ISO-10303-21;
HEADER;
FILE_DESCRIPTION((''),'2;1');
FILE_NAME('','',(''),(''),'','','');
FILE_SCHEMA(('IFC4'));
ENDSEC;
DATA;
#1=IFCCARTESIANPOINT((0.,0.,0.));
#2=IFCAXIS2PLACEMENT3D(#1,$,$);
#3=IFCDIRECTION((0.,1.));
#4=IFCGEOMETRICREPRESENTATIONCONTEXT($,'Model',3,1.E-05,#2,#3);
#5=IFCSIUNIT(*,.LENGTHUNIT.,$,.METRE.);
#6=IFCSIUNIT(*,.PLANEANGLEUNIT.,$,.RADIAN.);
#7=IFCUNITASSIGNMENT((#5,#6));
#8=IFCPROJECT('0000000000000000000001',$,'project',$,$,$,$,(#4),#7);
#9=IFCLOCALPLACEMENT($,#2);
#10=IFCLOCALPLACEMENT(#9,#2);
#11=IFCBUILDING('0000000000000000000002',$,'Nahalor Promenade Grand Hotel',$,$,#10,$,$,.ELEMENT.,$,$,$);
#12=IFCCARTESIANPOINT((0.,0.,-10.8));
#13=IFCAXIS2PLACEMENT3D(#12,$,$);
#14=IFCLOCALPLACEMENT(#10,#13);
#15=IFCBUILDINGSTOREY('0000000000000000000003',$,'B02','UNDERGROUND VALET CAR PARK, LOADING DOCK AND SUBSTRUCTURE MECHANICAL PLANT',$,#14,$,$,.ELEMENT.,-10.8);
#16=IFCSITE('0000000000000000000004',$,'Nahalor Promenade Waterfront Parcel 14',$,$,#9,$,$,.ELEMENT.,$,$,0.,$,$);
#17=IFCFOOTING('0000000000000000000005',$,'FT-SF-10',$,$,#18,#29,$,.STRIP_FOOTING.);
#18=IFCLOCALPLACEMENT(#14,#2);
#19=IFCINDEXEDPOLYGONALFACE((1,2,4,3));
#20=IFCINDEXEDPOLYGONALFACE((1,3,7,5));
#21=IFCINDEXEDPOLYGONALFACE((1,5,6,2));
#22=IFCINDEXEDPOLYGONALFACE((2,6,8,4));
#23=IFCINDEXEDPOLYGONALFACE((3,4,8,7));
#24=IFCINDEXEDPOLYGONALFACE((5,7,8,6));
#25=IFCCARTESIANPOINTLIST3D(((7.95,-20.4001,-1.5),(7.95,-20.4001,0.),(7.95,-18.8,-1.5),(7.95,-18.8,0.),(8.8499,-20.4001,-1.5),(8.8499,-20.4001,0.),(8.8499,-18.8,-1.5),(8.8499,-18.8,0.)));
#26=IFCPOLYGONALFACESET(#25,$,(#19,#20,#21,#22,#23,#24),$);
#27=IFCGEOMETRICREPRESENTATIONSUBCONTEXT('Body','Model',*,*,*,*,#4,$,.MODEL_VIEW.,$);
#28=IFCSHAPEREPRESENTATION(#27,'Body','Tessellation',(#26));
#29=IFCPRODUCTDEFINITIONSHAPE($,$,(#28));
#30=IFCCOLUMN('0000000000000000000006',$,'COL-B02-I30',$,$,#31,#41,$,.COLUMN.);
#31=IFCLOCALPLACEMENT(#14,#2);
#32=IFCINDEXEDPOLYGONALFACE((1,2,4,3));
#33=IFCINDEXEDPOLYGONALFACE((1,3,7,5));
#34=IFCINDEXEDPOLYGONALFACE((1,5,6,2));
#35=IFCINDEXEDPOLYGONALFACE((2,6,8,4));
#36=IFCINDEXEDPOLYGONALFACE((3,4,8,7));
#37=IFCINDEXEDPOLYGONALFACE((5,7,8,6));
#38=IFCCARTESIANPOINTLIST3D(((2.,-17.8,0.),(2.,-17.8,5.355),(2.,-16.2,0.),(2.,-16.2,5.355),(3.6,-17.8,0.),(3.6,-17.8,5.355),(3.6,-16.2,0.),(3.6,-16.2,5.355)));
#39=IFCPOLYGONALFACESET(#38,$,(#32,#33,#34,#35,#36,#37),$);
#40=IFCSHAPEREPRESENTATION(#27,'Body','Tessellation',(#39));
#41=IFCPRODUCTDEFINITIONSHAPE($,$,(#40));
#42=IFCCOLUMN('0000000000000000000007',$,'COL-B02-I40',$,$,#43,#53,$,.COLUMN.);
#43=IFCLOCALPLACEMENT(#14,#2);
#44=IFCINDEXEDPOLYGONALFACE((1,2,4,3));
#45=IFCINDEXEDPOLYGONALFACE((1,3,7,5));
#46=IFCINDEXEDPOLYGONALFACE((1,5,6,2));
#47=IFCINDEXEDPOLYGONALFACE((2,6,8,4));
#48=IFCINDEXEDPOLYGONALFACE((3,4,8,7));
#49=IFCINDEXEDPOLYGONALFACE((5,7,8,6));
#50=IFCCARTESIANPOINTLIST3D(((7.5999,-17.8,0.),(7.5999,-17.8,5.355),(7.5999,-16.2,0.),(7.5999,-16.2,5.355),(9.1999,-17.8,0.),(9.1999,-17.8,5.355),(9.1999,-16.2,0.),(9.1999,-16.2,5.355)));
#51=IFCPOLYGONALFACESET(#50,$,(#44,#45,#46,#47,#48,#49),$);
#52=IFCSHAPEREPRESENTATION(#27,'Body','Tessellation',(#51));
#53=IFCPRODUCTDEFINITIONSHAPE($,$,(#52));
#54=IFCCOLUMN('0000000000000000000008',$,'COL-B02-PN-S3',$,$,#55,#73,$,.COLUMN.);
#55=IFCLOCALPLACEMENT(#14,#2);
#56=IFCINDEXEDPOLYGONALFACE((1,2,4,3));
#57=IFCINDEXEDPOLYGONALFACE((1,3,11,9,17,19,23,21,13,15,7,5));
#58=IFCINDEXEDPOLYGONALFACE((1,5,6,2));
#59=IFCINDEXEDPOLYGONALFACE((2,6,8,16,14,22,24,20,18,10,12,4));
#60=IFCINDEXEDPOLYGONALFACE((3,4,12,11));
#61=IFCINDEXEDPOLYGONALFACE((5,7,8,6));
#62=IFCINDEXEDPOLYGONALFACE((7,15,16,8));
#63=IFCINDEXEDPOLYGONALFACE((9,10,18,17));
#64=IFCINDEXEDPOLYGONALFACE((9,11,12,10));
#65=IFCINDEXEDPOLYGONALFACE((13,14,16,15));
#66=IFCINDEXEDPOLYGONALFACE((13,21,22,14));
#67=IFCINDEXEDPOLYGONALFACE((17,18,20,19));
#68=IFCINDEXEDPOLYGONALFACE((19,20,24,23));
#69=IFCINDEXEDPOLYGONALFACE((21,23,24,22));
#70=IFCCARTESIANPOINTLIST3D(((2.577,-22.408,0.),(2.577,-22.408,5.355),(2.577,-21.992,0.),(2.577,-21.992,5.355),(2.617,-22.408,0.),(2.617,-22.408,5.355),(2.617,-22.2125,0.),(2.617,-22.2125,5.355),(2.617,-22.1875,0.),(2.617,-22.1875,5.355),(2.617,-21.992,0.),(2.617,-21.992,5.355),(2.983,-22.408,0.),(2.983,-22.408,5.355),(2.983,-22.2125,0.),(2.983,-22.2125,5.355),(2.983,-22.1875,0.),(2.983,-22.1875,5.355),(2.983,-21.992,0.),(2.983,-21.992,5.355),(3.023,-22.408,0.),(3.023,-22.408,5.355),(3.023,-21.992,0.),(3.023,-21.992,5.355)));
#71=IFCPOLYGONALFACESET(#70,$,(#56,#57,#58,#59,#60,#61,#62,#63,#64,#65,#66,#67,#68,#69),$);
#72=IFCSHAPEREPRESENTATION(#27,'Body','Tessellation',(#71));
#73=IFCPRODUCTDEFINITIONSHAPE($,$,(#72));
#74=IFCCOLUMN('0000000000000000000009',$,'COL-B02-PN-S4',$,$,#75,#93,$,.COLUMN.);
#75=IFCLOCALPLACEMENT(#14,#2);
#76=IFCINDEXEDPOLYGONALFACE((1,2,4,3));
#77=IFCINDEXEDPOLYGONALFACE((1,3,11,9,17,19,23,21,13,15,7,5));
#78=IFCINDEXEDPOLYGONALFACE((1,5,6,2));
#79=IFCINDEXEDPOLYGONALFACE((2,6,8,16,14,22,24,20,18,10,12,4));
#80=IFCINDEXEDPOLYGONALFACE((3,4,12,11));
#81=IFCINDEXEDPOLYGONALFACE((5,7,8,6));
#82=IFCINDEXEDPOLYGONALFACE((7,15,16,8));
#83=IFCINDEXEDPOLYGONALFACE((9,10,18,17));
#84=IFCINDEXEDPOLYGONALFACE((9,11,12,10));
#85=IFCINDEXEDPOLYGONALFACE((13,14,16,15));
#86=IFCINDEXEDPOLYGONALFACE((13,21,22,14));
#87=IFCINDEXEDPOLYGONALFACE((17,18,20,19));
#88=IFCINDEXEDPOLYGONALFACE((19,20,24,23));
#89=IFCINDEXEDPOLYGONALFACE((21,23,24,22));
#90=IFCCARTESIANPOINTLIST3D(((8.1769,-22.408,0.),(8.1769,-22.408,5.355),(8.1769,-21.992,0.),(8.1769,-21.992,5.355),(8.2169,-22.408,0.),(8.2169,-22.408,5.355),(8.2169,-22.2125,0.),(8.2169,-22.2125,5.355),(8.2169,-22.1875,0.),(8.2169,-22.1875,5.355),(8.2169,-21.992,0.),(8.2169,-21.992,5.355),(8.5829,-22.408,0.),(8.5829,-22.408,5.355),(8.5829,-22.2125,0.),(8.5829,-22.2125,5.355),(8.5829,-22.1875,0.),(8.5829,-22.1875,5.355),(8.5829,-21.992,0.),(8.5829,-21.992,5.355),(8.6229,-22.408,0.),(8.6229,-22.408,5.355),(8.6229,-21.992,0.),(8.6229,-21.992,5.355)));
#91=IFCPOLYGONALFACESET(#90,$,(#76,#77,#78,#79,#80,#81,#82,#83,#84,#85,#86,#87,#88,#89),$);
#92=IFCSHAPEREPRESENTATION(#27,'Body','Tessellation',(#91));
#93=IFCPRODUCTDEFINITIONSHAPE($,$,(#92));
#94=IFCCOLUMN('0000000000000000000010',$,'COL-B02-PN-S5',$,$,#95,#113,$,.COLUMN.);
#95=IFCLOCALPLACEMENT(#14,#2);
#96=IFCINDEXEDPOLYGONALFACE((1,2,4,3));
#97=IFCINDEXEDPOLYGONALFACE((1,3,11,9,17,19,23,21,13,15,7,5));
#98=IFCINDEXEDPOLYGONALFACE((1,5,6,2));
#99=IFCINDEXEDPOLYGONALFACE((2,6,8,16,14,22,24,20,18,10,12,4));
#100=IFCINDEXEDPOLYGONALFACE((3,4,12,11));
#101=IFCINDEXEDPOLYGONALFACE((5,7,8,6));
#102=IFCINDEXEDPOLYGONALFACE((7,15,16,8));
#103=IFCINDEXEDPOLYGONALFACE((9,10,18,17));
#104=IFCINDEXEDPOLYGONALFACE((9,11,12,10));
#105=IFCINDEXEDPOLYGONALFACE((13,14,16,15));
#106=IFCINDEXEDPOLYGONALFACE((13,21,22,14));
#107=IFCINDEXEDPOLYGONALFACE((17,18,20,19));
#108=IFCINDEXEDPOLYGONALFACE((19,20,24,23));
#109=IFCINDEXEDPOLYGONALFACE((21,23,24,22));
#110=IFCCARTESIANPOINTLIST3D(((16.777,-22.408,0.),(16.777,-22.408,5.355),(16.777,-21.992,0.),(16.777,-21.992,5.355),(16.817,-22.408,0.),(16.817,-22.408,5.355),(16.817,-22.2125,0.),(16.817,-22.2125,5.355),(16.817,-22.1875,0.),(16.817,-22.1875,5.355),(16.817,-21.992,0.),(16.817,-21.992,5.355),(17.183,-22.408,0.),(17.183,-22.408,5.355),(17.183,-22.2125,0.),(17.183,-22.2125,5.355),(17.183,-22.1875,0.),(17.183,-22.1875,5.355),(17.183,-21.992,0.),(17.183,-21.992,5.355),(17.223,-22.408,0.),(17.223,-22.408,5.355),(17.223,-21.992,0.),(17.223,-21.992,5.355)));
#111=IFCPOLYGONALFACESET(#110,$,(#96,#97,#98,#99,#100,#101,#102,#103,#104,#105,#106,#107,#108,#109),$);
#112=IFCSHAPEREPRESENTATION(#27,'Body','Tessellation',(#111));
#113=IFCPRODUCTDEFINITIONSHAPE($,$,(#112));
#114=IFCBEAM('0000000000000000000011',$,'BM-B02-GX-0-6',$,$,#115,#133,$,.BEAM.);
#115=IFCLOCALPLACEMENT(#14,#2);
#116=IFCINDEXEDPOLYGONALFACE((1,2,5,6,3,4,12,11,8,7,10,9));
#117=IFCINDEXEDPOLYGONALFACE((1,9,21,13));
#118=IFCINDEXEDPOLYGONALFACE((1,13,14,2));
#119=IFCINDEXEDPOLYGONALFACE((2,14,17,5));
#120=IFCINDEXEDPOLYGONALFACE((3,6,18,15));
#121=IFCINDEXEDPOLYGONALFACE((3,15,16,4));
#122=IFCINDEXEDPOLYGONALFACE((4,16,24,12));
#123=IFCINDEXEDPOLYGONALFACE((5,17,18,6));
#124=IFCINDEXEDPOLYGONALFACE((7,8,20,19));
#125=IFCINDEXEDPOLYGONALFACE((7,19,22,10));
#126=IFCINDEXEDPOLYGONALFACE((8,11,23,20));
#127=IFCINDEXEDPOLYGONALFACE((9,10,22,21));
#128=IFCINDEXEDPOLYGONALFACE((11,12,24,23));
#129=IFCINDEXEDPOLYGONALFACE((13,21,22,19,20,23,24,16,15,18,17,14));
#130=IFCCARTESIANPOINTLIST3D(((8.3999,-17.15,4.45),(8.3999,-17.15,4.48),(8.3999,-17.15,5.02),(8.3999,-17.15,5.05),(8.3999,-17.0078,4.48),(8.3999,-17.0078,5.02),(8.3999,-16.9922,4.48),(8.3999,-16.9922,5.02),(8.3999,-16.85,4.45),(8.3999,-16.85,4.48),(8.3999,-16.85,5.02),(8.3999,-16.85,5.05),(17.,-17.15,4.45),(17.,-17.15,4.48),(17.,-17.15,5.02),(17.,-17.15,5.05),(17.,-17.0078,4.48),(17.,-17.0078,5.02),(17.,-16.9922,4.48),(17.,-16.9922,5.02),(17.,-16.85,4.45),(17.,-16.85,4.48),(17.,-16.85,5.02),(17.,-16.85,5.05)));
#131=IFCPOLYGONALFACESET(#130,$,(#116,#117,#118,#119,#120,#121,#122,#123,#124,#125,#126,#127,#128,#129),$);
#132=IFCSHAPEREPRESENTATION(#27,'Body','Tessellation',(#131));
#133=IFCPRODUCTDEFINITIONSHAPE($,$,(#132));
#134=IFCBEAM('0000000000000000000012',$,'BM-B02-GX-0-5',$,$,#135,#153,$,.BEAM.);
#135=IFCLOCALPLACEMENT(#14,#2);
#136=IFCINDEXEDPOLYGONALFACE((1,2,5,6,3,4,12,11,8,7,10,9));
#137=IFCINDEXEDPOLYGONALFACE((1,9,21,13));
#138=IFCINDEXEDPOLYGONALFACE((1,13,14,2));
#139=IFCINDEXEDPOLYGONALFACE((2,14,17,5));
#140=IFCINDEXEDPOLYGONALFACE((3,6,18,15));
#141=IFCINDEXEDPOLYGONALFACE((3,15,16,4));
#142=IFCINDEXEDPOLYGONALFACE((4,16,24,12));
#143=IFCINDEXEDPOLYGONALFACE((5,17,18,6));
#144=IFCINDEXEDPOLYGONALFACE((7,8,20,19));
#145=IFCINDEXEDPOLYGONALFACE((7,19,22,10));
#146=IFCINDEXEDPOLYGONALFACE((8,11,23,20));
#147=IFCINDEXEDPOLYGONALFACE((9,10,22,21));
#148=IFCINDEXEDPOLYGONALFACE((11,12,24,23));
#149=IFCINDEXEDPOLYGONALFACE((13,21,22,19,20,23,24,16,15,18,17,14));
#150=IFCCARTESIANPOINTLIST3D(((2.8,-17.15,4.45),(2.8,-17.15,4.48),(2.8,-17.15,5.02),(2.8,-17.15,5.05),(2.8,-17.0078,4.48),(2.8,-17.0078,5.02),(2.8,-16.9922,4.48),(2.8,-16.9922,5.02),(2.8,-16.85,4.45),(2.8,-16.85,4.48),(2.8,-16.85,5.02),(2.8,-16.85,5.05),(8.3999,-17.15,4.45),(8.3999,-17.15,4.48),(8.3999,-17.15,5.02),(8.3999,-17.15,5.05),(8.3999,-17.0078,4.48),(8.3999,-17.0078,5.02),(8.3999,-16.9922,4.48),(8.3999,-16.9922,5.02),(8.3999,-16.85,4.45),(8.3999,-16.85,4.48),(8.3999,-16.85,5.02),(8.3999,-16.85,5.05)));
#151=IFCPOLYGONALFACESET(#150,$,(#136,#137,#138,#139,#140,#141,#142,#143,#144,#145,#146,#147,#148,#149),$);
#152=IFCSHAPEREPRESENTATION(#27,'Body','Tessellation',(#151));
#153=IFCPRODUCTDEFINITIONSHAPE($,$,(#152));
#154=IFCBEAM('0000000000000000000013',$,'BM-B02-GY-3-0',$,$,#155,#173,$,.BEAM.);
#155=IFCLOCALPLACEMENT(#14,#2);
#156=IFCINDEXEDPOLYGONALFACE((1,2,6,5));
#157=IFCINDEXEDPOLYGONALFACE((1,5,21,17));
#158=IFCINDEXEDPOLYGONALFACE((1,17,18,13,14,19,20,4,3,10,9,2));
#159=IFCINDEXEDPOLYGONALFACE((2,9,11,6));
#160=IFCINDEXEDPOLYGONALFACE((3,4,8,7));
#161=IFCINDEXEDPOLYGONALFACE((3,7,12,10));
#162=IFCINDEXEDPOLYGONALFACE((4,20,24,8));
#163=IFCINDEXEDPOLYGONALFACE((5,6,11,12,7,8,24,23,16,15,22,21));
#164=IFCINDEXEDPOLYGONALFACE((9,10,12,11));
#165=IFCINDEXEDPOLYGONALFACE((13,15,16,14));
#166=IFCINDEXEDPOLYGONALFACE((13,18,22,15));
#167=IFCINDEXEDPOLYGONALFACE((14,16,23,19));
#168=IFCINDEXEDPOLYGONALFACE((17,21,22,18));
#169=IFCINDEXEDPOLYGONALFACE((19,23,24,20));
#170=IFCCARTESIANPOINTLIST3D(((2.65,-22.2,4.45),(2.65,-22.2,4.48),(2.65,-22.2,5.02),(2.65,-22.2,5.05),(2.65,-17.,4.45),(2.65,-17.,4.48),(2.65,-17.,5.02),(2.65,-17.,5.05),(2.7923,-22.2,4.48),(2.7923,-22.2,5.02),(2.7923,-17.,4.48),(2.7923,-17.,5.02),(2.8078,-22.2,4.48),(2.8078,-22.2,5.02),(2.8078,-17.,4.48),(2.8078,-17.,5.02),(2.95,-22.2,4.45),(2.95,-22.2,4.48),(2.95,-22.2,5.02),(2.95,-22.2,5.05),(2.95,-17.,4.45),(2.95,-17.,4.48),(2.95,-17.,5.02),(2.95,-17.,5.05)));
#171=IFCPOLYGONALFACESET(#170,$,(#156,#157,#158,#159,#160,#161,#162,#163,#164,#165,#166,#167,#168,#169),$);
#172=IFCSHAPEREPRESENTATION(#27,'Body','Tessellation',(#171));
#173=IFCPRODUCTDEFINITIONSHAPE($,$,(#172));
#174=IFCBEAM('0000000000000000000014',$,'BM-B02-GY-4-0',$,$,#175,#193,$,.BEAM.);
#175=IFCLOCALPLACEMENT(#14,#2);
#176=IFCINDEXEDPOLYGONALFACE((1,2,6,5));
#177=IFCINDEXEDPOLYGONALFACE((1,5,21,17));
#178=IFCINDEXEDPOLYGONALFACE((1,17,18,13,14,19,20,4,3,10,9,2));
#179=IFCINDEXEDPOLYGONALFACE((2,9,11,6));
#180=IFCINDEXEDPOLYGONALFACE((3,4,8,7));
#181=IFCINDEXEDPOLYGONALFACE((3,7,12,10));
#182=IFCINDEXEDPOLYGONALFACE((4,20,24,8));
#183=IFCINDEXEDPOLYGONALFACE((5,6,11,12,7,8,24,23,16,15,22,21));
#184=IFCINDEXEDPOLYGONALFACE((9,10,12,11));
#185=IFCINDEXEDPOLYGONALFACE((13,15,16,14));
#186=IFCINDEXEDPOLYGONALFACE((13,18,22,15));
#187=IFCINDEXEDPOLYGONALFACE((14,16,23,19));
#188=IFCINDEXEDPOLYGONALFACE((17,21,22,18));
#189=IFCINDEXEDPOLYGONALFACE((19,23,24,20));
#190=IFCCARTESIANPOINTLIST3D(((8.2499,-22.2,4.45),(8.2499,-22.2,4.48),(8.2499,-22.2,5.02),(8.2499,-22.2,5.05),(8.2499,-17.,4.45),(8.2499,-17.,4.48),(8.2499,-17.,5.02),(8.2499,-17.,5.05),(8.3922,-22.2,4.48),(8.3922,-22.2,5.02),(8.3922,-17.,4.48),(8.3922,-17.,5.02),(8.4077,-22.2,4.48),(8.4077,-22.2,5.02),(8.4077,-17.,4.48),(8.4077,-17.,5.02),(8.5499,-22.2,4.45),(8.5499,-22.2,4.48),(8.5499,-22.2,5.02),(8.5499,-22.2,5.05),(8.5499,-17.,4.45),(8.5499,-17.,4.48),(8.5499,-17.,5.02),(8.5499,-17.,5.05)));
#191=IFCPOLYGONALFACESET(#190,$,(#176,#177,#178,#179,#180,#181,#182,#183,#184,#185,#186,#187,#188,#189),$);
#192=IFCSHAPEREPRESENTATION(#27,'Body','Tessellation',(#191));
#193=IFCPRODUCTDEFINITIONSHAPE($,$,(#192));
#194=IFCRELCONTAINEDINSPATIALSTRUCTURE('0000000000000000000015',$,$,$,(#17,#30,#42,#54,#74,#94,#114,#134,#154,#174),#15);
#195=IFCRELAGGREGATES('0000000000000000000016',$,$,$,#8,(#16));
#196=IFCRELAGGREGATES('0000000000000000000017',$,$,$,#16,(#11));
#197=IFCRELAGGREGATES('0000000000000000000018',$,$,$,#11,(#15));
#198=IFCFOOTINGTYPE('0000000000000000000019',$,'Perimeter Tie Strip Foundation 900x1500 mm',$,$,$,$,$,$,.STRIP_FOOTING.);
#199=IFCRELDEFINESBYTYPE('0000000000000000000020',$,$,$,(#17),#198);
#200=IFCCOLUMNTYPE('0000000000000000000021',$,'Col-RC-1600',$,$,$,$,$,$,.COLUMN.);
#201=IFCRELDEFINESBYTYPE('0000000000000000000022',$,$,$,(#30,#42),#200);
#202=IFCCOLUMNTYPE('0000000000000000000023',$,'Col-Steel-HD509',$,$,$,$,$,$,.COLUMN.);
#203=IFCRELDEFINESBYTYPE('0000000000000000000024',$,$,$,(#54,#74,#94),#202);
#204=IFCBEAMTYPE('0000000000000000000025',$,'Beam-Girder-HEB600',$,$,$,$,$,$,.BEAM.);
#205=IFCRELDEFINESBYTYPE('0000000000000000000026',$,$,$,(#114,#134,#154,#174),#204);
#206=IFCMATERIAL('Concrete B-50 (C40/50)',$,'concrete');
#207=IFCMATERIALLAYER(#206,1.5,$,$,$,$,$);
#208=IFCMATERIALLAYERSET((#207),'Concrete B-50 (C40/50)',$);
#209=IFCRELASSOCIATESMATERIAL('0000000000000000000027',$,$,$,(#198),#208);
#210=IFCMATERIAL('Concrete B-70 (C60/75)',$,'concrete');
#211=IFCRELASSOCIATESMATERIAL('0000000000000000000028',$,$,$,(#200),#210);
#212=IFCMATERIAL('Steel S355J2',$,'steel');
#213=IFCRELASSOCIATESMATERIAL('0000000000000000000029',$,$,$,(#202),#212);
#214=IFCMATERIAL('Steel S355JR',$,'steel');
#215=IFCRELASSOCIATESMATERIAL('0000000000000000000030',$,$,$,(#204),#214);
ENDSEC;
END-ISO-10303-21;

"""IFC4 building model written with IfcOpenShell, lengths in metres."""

from ifc_helpers import new_model, si_unit, direction, frame, origin, origin_2d, place, context, subcontext, project, spatial, rectangle, i_section, extrude, source, transform, mapped, material, layer, layer_set, material_profile, profile_set, type_object, element, save


model = new_model("IFC4")

# Units and contexts
model_context = context("Model", 3, precision=1e-05, world=origin(), true_north=direction((0.0, 1.0)))
body_context = subcontext(model_context, "Body", "Model", "MODEL_VIEW")
ifc_project = project(units=[si_unit("LENGTHUNIT", "METRE"), si_unit("PLANEANGLEUNIT", "RADIAN")], contexts=[model_context])

# Site, building, storey
site_placement = place(None, origin())
site = spatial("IfcSite", under=ifc_project, at=site_placement, Name="Nahalor Promenade Waterfront Parcel 14", CompositionType="ELEMENT", RefElevation=0.0)
building_placement = place(site_placement, origin())
building = spatial("IfcBuilding", under=site, at=building_placement, Name="Nahalor Promenade Grand Hotel", CompositionType="ELEMENT")
storey_placement = place(building_placement, frame((0.0, 0.0, -10.8)))
storey = spatial("IfcBuildingStorey", under=building, at=storey_placement, Name="B02", Description="UNDERGROUND VALET CAR PARK, LOADING DOCK AND SUBSTRUCTURE MECHANICAL PLANT", CompositionType="ELEMENT", Elevation=-10.8)

# Shared definitions
ifc_material_1 = material(Name="Concrete B-50 (C40/50)", Category="concrete")

# Footing
ifc_layer_1 = layer(ifc_material_1, 1.5)
ifc_layer_set_1 = layer_set([ifc_layer_1], Name="Concrete B-50 (C40/50)")
footing_type_1 = type_object("IfcFootingType", Name="Perimeter Tie Strip Foundation 900x1500 mm", PredefinedType="STRIP_FOOTING", material=ifc_layer_set_1)
shared_shape_1 = source(origin(), body_context, "Body", "SweptSolid", [
    extrude(rectangle(XDim=0.8999, YDim=1.6001, at=origin_2d()), origin(), (0.0, 0.0, 1.0), 1.5),
])
footing_placement = place(storey_placement, frame((8.3999, -19.6001, -1.5), z_axis=(0.0, 0.0, 1.0), x_axis=(1.0, 0.0, 0.0)))
element("IfcFooting", 1, at=footing_placement, inside=storey, type_object=footing_type_1, Name="FT-SF-10", PredefinedType="STRIP_FOOTING", context=body_context, shape_type="MappedRepresentation", body=[
    mapped(shared_shape_1, transform((0.0, 0.0, 0.0), scale=1.0)),
])

# Columns
ifc_material_2 = material(Name="Concrete B-70 (C60/75)", Category="concrete")
ifc_material_profile_1 = material_profile(ifc_material_2, rectangle(XDim=1.6, YDim=1.6, at=origin_2d()), Name="RC 1600x1600")
ifc_profile_set_1 = profile_set([ifc_material_profile_1], Name="Concrete B-70 (C60/75)")
column_type_1 = type_object("IfcColumnType", Name="Col-RC-1600", PredefinedType="COLUMN", material=ifc_profile_set_1)
shared_shape_2 = source(origin(), body_context, "Body", "SweptSolid", [
    extrude(rectangle(XDim=1.6, YDim=1.6, at=origin_2d()), origin(), (0.0, 0.0, 1.0), 5.355),
])
for number, where, z_axis, x_axis, name in (
    (2, (2.8, -17.0, 0.0), (0.0, 0.0, 1.0), (1.0, 0.0, 0.0), "COL-B02-I30"),
    (3, (8.3999, -17.0, 0.0), (0.0, 0.0, 1.0), (1.0, 0.0, 0.0), "COL-B02-I40"),
):
    element("IfcColumn", number, at=place(storey_placement, frame(where, z_axis=z_axis, x_axis=x_axis)), inside=storey, type_object=column_type_1, Name=name, PredefinedType="COLUMN", context=body_context, shape_type="MappedRepresentation", body=[
        mapped(shared_shape_2, transform((0.0, 0.0, 0.0), scale=1.0)),
    ])
ifc_material_3 = material(Name="Steel S355J2", Category="steel")
ifc_material_profile_2 = material_profile(ifc_material_3, i_section(OverallWidth=0.416, OverallDepth=0.446, WebThickness=0.025, FlangeThickness=0.04, at=origin_2d()), Name="HD 400x509")
ifc_profile_set_2 = profile_set([ifc_material_profile_2], Name="Steel S355J2")
column_type_2 = type_object("IfcColumnType", Name="Col-Steel-HD509", PredefinedType="COLUMN", material=ifc_profile_set_2)
shared_shape_3 = source(origin(), body_context, "Body", "SweptSolid", [
    extrude(i_section(OverallWidth=0.416, OverallDepth=0.446, WebThickness=0.025, FlangeThickness=0.04, at=origin_2d()), origin(), (0.0, 0.0, 1.0), 5.355),
])
for number, where, z_axis, x_axis, name in (
    (4, (2.8, -22.2, 0.0), (0.0, 0.0, 1.0), (0.0, 1.0, 0.0), "COL-B02-PN-S3"),
    (5, (8.3999, -22.2, 0.0), (0.0, 0.0, 1.0), (0.0, 1.0, 0.0), "COL-B02-PN-S4"),
    (6, (17.0, -22.2, 0.0), (0.0, 0.0, 1.0), (0.0, 1.0, 0.0), "COL-B02-PN-S5"),
):
    element("IfcColumn", number, at=place(storey_placement, frame(where, z_axis=z_axis, x_axis=x_axis)), inside=storey, type_object=column_type_2, Name=name, PredefinedType="COLUMN", context=body_context, shape_type="MappedRepresentation", body=[
        mapped(shared_shape_3, transform((0.0, 0.0, 0.0), scale=1.0)),
    ])

# Beams
ifc_material_4 = material(Name="Steel S355JR", Category="steel")
ifc_material_profile_3 = material_profile(ifc_material_4, i_section(OverallWidth=0.3, OverallDepth=0.6, WebThickness=0.0155, FlangeThickness=0.03, at=origin_2d()), Name="HEB 600")
ifc_profile_set_3 = profile_set([ifc_material_profile_3], Name="Steel S355JR")
beam_type_1 = type_object("IfcBeamType", Name="Beam-Girder-HEB600", PredefinedType="BEAM", material=ifc_profile_set_3)
shared_shape_4 = source(origin(), body_context, "Body", "SweptSolid", [
    extrude(i_section(OverallWidth=0.3, OverallDepth=0.6, WebThickness=0.0155, FlangeThickness=0.03, at=origin_2d()), origin(), (0.0, 0.0, 1.0), 8.6001),
])
beam_1_placement = place(storey_placement, frame((8.3999, -17.0, 4.75), z_axis=(1.0, 0.0, 0.0), x_axis=(0.0, 1.0, 0.0)))
element("IfcBeam", 7, at=beam_1_placement, inside=storey, type_object=beam_type_1, Name="BM-B02-GX-0-6", PredefinedType="BEAM", context=body_context, shape_type="MappedRepresentation", body=[
    mapped(shared_shape_4, transform((0.0, 0.0, 0.0), scale=1.0)),
])
shared_shape_5 = source(origin(), body_context, "Body", "SweptSolid", [
    extrude(i_section(OverallWidth=0.3, OverallDepth=0.6, WebThickness=0.0155, FlangeThickness=0.03, at=origin_2d()), origin(), (0.0, 0.0, 1.0), 5.5999),
])
beam_2_placement = place(storey_placement, frame((2.8, -17.0, 4.75), z_axis=(1.0, 0.0, 0.0), x_axis=(0.0, 1.0, 0.0)))
element("IfcBeam", 8, at=beam_2_placement, inside=storey, type_object=beam_type_1, Name="BM-B02-GX-0-5", PredefinedType="BEAM", context=body_context, shape_type="MappedRepresentation", body=[
    mapped(shared_shape_5, transform((0.0, 0.0, 0.0), scale=1.0)),
])
shared_shape_6 = source(origin(), body_context, "Body", "SweptSolid", [
    extrude(i_section(OverallWidth=0.3, OverallDepth=0.6, WebThickness=0.0155, FlangeThickness=0.03, at=origin_2d()), origin(), (0.0, 0.0, 1.0), 5.2),
])
for number, where, z_axis, x_axis, name in (
    (9, (2.8, -22.2, 4.75), (0.0, 1.0, 0.0), (-1.0, 0.0, 0.0), "BM-B02-GY-3-0"),
    (10, (8.3999, -22.2, 4.75), (0.0, 1.0, 0.0), (-1.0, 0.0, 0.0), "BM-B02-GY-4-0"),
):
    element("IfcBeam", number, at=place(storey_placement, frame(where, z_axis=z_axis, x_axis=x_axis)), inside=storey, type_object=beam_type_1, Name=name, PredefinedType="BEAM", context=body_context, shape_type="MappedRepresentation", body=[
        mapped(shared_shape_6, transform((0.0, 0.0, 0.0), scale=1.0)),
    ])

save(model, "model.ifc")
